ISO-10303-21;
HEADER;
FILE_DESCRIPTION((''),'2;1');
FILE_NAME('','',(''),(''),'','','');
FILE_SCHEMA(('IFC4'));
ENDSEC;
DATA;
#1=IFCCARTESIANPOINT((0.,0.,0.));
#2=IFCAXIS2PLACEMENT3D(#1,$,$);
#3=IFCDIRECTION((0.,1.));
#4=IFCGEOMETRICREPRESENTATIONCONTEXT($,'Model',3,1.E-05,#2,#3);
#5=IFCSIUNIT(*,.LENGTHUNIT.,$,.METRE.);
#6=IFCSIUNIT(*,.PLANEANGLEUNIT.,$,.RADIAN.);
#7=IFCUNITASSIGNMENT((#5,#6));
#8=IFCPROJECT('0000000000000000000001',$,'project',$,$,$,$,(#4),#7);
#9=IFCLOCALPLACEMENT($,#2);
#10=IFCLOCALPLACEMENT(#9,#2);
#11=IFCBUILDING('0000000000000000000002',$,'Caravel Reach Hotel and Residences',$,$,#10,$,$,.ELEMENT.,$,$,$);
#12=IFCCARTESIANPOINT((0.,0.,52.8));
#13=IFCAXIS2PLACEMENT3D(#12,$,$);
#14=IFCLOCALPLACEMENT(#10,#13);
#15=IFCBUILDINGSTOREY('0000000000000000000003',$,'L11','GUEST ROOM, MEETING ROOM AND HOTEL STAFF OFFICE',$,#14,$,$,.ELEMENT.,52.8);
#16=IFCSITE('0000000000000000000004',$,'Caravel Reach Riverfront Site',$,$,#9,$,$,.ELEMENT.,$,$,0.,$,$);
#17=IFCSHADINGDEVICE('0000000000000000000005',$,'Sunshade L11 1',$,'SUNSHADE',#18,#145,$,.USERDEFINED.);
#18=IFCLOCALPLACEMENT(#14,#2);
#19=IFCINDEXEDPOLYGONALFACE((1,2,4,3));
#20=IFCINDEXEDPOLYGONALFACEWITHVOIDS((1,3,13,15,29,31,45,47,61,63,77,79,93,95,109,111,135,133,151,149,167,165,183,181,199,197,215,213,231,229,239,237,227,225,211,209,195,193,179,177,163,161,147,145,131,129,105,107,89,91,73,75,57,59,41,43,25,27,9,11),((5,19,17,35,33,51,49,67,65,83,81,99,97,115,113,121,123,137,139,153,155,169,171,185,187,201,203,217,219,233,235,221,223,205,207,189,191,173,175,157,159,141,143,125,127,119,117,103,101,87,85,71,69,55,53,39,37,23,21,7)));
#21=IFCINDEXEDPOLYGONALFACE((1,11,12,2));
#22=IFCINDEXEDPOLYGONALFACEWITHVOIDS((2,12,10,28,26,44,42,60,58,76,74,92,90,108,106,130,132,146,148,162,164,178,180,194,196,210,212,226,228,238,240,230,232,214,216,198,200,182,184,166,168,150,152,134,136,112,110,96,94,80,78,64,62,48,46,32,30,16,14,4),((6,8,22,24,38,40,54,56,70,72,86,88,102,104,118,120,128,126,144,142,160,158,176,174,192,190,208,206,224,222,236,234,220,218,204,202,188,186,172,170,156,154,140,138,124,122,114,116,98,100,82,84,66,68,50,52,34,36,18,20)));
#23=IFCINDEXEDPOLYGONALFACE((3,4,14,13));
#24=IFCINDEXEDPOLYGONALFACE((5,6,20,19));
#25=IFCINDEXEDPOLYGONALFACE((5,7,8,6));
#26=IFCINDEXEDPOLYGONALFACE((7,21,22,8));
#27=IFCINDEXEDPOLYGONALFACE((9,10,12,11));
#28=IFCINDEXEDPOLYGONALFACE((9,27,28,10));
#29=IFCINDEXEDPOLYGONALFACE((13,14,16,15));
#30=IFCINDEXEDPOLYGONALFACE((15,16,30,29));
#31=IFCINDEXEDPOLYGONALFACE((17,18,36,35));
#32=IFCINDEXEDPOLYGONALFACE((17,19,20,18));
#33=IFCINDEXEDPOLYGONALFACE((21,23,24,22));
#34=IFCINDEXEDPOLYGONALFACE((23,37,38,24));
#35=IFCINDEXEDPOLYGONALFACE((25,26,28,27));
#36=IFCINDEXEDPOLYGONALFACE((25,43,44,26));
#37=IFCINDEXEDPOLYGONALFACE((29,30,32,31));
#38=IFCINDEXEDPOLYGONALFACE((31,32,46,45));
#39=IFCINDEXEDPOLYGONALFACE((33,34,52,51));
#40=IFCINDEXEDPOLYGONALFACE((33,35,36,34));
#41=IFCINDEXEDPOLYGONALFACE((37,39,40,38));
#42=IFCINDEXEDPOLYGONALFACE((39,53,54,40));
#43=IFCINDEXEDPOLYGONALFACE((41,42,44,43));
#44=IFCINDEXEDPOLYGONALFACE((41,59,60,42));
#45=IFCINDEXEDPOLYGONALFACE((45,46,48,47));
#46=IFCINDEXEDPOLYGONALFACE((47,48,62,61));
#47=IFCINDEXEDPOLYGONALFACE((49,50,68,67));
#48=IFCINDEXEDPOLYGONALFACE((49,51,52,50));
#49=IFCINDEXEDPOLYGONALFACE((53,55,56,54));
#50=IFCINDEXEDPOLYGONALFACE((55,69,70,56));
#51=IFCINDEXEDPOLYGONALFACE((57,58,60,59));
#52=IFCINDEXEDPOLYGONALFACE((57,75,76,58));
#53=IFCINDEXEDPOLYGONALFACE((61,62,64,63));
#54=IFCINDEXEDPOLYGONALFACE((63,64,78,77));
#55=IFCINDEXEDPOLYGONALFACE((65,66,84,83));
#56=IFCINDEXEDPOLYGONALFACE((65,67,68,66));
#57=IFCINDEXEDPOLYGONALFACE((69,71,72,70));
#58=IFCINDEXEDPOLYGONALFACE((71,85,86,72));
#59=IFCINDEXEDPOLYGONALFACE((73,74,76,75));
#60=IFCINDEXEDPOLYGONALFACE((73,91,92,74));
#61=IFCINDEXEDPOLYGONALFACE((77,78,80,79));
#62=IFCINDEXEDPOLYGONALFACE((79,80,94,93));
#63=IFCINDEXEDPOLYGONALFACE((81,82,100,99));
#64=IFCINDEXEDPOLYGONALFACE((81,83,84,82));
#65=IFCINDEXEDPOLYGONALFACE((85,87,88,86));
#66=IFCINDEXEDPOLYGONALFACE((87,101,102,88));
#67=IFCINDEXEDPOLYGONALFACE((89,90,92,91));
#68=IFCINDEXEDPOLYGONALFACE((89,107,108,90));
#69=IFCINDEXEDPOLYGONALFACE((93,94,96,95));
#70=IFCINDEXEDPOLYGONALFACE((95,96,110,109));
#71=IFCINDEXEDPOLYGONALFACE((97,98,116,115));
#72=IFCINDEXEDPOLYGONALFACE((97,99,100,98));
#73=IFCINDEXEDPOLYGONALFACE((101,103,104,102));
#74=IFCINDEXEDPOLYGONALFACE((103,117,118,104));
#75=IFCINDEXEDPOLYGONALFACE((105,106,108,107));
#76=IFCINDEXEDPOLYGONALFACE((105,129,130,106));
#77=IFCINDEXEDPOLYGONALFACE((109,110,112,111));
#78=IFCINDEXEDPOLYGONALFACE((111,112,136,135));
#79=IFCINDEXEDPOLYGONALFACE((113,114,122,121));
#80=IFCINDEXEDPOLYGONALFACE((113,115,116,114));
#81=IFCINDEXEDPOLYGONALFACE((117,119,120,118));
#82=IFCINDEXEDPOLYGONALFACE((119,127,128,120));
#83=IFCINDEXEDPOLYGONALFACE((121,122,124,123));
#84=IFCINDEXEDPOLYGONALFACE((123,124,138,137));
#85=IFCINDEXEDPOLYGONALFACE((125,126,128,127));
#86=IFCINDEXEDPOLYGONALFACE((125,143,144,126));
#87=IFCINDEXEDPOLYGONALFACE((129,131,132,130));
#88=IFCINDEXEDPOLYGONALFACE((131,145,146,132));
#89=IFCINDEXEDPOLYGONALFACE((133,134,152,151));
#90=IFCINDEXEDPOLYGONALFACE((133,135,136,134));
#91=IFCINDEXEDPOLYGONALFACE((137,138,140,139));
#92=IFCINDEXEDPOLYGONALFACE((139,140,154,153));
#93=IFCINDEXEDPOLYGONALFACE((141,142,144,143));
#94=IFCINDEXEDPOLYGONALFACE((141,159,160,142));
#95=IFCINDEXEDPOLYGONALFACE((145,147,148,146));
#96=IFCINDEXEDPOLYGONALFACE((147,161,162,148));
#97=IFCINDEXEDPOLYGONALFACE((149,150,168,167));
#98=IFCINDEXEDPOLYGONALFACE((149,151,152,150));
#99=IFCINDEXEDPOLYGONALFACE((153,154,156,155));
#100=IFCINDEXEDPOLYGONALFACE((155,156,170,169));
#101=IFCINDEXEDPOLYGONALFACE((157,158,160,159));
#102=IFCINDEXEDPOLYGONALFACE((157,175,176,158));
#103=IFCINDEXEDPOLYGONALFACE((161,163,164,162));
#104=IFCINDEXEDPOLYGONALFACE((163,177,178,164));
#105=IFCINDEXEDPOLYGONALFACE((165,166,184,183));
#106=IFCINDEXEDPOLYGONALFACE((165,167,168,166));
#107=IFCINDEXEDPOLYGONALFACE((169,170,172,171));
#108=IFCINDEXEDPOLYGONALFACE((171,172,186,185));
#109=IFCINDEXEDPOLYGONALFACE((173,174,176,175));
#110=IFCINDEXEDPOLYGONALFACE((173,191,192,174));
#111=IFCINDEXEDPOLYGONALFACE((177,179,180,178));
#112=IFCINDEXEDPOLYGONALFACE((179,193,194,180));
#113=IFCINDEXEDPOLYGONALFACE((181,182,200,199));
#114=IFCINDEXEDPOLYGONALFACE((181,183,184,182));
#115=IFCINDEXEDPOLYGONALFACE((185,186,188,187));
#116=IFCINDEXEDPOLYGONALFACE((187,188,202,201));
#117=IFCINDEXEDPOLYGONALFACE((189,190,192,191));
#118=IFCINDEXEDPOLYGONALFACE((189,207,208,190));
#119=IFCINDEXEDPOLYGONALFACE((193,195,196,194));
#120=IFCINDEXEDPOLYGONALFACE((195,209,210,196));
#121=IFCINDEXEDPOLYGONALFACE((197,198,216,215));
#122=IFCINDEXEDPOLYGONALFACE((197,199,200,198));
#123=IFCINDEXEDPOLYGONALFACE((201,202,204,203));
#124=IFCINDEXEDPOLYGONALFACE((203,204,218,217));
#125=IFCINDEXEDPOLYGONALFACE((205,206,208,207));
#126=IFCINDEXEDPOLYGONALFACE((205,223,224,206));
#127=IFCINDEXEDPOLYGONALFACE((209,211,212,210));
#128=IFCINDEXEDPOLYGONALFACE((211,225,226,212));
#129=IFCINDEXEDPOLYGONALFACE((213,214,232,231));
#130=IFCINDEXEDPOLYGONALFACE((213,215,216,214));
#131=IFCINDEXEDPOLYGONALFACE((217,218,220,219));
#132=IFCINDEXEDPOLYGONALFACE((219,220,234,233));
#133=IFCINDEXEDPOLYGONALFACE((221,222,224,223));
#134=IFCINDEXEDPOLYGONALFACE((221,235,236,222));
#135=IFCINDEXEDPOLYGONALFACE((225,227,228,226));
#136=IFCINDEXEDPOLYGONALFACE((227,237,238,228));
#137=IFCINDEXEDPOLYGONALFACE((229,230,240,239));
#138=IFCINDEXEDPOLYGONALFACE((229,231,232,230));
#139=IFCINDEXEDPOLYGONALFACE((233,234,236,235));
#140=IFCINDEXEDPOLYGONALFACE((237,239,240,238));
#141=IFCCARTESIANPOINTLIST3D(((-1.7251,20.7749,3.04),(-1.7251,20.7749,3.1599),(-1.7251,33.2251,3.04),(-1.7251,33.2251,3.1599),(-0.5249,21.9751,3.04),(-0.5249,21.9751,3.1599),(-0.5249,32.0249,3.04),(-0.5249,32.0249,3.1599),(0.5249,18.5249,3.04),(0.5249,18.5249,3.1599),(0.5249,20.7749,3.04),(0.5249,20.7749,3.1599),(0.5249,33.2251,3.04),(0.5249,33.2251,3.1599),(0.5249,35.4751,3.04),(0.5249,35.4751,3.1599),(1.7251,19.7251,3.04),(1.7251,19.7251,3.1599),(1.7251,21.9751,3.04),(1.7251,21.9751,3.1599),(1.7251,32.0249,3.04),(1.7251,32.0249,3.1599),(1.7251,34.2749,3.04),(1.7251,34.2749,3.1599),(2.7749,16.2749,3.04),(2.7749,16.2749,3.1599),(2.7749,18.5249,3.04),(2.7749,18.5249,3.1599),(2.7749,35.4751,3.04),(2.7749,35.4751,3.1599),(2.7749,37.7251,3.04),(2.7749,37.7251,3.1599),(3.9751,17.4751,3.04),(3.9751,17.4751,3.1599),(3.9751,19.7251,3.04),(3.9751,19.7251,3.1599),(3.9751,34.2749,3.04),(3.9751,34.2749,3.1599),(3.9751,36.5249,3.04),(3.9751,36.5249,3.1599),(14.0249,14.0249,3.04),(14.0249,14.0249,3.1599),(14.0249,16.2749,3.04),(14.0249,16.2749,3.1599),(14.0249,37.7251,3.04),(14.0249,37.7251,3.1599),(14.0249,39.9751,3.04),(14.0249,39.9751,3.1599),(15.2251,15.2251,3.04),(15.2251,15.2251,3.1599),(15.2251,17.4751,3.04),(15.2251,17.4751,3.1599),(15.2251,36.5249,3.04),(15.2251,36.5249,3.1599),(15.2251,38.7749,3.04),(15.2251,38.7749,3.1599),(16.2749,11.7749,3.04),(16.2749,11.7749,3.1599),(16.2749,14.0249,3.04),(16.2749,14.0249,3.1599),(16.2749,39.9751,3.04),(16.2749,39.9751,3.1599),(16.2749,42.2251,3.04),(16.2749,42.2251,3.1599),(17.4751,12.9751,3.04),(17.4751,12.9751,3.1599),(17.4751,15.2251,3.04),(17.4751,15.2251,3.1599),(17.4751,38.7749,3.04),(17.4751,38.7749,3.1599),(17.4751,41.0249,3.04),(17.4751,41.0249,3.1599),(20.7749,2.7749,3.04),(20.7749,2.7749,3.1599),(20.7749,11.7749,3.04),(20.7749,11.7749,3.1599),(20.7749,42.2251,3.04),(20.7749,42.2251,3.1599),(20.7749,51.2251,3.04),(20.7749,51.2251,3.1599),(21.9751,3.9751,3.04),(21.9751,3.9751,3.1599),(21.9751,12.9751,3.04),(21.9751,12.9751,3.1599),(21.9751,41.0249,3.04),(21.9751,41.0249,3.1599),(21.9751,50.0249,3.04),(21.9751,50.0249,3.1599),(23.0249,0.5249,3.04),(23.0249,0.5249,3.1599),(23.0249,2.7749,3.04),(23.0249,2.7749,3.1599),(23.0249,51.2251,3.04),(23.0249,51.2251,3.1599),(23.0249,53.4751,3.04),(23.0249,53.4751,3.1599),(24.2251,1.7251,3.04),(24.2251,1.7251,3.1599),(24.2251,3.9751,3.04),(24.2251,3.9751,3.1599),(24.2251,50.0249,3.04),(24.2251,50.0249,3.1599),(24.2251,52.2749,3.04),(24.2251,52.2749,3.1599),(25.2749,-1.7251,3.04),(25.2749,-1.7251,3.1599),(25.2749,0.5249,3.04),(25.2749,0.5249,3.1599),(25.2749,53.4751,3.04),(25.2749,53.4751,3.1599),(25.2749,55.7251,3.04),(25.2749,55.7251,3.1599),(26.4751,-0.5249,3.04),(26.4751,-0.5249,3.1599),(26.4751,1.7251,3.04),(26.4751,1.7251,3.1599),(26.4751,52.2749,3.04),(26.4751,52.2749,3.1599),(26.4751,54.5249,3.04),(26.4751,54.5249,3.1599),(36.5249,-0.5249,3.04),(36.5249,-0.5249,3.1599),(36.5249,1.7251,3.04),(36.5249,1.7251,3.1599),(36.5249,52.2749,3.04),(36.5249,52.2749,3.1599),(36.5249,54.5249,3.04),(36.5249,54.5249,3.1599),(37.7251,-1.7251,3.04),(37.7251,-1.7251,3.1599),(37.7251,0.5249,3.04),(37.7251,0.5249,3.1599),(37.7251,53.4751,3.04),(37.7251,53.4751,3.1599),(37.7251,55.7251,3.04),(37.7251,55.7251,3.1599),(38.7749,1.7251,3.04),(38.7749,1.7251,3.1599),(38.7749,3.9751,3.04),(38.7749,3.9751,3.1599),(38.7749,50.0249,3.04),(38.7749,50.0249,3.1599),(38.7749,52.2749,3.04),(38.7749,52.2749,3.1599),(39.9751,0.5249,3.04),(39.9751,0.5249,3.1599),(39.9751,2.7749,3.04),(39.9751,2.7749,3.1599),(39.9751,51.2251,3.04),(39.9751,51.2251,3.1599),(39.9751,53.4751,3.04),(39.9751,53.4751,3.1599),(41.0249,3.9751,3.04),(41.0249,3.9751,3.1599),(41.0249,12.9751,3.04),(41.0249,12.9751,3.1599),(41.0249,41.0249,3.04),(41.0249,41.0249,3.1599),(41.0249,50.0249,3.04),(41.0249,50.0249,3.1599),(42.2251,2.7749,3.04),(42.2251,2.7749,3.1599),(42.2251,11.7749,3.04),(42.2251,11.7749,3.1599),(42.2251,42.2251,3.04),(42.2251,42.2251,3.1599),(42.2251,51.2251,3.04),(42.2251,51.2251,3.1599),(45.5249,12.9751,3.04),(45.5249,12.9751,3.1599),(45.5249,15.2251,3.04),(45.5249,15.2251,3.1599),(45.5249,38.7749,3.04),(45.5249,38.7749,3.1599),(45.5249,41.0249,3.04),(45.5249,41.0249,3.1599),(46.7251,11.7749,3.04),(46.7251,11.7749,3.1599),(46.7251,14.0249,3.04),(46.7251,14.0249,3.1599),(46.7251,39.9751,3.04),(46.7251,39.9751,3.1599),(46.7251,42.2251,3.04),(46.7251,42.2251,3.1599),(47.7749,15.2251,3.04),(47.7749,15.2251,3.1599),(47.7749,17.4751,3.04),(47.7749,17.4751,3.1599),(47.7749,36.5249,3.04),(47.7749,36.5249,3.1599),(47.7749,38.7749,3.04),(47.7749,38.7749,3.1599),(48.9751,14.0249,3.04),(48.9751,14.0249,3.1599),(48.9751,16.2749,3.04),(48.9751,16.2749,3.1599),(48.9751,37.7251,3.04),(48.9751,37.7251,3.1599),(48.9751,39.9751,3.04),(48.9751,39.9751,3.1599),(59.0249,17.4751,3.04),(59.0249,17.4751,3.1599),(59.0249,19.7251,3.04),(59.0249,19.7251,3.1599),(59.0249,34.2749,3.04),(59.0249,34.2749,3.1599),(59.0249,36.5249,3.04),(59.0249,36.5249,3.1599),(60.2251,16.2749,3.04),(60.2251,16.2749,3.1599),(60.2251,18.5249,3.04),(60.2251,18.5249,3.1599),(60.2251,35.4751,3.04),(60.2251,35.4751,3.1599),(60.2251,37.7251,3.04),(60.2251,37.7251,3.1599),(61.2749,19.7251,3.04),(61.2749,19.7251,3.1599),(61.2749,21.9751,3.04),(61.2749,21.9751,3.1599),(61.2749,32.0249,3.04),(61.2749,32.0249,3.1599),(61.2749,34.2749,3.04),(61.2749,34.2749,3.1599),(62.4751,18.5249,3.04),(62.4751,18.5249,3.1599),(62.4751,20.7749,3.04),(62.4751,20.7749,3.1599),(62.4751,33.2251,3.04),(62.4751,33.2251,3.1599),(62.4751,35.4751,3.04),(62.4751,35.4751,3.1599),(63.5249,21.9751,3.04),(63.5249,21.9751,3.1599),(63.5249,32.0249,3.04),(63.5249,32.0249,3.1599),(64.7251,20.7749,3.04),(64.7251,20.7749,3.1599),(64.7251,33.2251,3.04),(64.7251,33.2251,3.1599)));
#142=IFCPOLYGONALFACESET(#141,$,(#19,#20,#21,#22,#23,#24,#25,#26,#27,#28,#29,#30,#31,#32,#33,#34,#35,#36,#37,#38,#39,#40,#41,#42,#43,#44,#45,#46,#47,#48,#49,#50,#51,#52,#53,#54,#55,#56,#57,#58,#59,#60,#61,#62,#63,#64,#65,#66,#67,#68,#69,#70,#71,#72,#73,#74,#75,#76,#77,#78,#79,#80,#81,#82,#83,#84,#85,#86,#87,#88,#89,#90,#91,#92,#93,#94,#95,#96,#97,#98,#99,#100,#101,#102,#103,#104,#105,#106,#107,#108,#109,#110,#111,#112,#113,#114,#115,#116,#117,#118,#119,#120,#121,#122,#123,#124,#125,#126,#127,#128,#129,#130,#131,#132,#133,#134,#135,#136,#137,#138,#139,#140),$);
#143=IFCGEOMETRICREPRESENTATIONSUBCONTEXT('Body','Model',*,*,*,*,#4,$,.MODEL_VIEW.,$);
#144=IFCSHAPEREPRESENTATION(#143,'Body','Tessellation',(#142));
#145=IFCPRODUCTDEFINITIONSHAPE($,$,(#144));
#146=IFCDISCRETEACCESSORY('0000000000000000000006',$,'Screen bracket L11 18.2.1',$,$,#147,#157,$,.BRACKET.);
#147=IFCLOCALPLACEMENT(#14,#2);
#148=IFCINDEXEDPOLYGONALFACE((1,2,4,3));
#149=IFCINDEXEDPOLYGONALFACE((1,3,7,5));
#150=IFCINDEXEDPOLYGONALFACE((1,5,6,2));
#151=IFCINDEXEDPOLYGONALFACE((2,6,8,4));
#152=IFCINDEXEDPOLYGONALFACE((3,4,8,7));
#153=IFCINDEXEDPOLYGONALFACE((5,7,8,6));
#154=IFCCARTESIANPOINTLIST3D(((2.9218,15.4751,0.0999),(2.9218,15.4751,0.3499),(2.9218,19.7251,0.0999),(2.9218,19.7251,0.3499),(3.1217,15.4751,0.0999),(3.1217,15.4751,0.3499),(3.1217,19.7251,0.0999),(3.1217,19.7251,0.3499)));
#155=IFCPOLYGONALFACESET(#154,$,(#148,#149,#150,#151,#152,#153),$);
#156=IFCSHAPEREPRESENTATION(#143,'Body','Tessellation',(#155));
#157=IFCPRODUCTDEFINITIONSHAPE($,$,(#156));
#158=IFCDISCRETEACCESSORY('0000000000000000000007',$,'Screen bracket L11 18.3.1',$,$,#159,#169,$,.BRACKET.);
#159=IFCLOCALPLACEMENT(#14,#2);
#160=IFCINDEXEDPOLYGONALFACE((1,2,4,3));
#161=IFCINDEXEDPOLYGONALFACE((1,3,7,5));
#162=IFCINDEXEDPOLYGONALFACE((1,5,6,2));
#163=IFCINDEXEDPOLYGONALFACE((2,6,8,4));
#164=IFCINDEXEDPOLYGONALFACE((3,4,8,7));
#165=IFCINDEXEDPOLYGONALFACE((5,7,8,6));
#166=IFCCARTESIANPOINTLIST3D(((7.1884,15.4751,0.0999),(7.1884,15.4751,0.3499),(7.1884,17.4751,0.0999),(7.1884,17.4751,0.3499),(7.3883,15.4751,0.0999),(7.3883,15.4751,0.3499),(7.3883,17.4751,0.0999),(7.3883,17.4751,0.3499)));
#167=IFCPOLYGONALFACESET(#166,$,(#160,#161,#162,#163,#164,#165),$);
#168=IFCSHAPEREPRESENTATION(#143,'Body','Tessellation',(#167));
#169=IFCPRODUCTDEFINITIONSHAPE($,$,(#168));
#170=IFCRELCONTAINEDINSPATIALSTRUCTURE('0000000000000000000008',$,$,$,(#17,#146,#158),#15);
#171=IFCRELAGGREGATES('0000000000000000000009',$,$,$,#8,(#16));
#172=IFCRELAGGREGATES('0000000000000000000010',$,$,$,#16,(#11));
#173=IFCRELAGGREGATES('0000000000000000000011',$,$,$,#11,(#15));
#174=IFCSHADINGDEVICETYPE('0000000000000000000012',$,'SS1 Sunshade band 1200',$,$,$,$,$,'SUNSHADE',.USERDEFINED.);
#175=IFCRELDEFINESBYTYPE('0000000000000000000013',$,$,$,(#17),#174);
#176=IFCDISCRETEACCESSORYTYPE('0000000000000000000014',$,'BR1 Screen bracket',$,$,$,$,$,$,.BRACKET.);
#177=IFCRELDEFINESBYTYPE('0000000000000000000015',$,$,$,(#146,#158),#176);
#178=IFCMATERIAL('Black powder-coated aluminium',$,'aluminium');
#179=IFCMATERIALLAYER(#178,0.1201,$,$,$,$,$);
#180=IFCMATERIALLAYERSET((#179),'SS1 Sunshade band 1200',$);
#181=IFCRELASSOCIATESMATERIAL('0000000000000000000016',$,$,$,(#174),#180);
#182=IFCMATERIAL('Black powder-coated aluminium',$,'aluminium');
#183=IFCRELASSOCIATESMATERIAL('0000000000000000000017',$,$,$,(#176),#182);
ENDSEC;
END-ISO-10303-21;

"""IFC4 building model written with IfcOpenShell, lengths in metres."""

from ifc_helpers import new_model, si_unit, direction, frame, origin, origin_2d, place, context, subcontext, project, spatial, polyline, rectangle, outline, extrude, material, layer, layer_set, type_object, element, save


model = new_model("IFC4")

# Units and contexts
model_context = context("Model", 3, precision=1e-05, world=origin(), true_north=direction((0.0, 1.0)))
body_context = subcontext(model_context, "Body", "Model", "MODEL_VIEW")
ifc_project = project(units=[si_unit("LENGTHUNIT", "METRE"), si_unit("PLANEANGLEUNIT", "RADIAN")], contexts=[model_context])

# Site, building, storey
site_placement = place(None, origin())
site = spatial("IfcSite", under=ifc_project, at=site_placement, Name="Caravel Reach Riverfront Site", CompositionType="ELEMENT", RefElevation=0.0)
building_placement = place(site_placement, origin())
building = spatial("IfcBuilding", under=site, at=building_placement, Name="Caravel Reach Hotel and Residences", CompositionType="ELEMENT")
storey_placement = place(building_placement, frame((0.0, 0.0, 52.8)))
storey = spatial("IfcBuildingStorey", under=building, at=storey_placement, Name="L11", Description="GUEST ROOM, MEETING ROOM AND HOTEL STAFF OFFICE", CompositionType="ELEMENT", Elevation=52.8)

# Shading device
ifc_material_1 = material(Name="Black powder-coated aluminium", Category="aluminium")
ifc_layer_1 = layer(ifc_material_1, 0.1201)
ifc_layer_set_1 = layer_set([ifc_layer_1], Name="SS1 Sunshade band 1200")
shading_device_type_1 = type_object("IfcShadingDeviceType", Name="SS1 Sunshade band 1200", ElementType="SUNSHADE", PredefinedType="USERDEFINED", material=ifc_layer_set_1)
shading_device_1_placement = place(storey_placement, frame((0.0, 0.0, 3.04)))
element("IfcShadingDevice", 1, at=shading_device_1_placement, inside=storey, type_object=shading_device_type_1, Name="Sunshade L11 1", ObjectType="SUNSHADE", PredefinedType="USERDEFINED", context=body_context, shape_type="SweptSolid", body=[
    extrude(outline(polyline([(20.7749, 11.7749), (20.7749, 2.7749), (23.0249, 2.7749), (23.0249, 0.5249), (25.2749, 0.5249), (25.2749, -1.7251), (37.7251, -1.7251), (37.7251, 0.5249), (39.9751, 0.5249), (39.9751, 2.7749), (42.2251, 2.7749), (42.2251, 11.7749), (46.7251, 11.7749), (46.7251, 14.0249), (48.9751, 14.0249), (48.9751, 16.2749), (60.2251, 16.2749), (60.2251, 18.5249), (62.4751, 18.5249), (62.4751, 20.7749), (64.7251, 20.7749), (64.7251, 33.2251), (62.4751, 33.2251), (62.4751, 35.4751), (60.2251, 35.4751), (60.2251, 37.7251), (48.9751, 37.7251), (48.9751, 39.9751), (46.7251, 39.9751), (46.7251, 42.2251), (42.2251, 42.2251), (42.2251, 51.2251), (39.9751, 51.2251), (39.9751, 53.4751), (37.7251, 53.4751), (37.7251, 55.7251), (25.2749, 55.7251), (25.2749, 53.4751), (23.0249, 53.4751), (23.0249, 51.2251), (20.7749, 51.2251), (20.7749, 42.2251), (16.2749, 42.2251), (16.2749, 39.9751), (14.0249, 39.9751), (14.0249, 37.7251), (2.7749, 37.7251), (2.7749, 35.4751), (0.5249, 35.4751), (0.5249, 33.2251), (-1.7251, 33.2251), (-1.7251, 20.7749), (0.5249, 20.7749), (0.5249, 18.5249), (2.7749, 18.5249), (2.7749, 16.2749), (14.0249, 16.2749), (14.0249, 14.0249), (16.2749, 14.0249), (16.2749, 11.7749), (20.7749, 11.7749)]), holes=[polyline([(24.2251, 3.9751), (21.9751, 3.9751), (21.9751, 12.9751), (17.4751, 12.9751), (17.4751, 15.2251), (15.2251, 15.2251), (15.2251, 17.4751), (3.9751, 17.4751), (3.9751, 19.7251), (1.7251, 19.7251), (1.7251, 21.9751), (-0.5249, 21.9751), (-0.5249, 32.0249), (1.7251, 32.0249), (1.7251, 34.2749), (3.9751, 34.2749), (3.9751, 36.5249), (15.2251, 36.5249), (15.2251, 38.7749), (17.4751, 38.7749), (17.4751, 41.0249), (21.9751, 41.0249), (21.9751, 50.0249), (24.2251, 50.0249), (24.2251, 52.2749), (26.4751, 52.2749), (26.4751, 54.5249), (36.5249, 54.5249), (36.5249, 52.2749), (38.7749, 52.2749), (38.7749, 50.0249), (41.0249, 50.0249), (41.0249, 41.0249), (45.5249, 41.0249), (45.5249, 38.7749), (47.7749, 38.7749), (47.7749, 36.5249), (59.0249, 36.5249), (59.0249, 34.2749), (61.2749, 34.2749), (61.2749, 32.0249), (63.5249, 32.0249), (63.5249, 21.9751), (61.2749, 21.9751), (61.2749, 19.7251), (59.0249, 19.7251), (59.0249, 17.4751), (47.7749, 17.4751), (47.7749, 15.2251), (45.5249, 15.2251), (45.5249, 12.9751), (41.0249, 12.9751), (41.0249, 3.9751), (38.7749, 3.9751), (38.7749, 1.7251), (36.5249, 1.7251), (36.5249, -0.5249), (26.4751, -0.5249), (26.4751, 1.7251), (24.2251, 1.7251), (24.2251, 3.9751)])]), origin(), (0.0, 0.0, 1.0), 0.1199),
])

# Discrete accessories
ifc_material_2 = material(Name="Black powder-coated aluminium", Category="aluminium")
discrete_accessory_type = type_object("IfcDiscreteAccessoryType", Name="BR1 Screen bracket", PredefinedType="BRACKET", material=ifc_material_2)
discrete_accessory_1_placement = place(storey_placement, frame((3.0217, 17.6001, 0.0999), z_axis=(0.0, 0.0, 1.0), x_axis=(0.0, -1.0, 0.0)))
element("IfcDiscreteAccessory", 2, at=discrete_accessory_1_placement, inside=storey, type_object=discrete_accessory_type, Name="Screen bracket L11 18.2.1", PredefinedType="BRACKET", context=body_context, shape_type="SweptSolid", body=[
    extrude(rectangle(XDim=4.25, YDim=0.2, at=origin_2d()), origin(), (0.0, 0.0, 1.0), 0.25),
])
discrete_accessory_2_placement = place(storey_placement, frame((7.2883, 16.4751, 0.0999), z_axis=(0.0, 0.0, 1.0), x_axis=(0.0, -1.0, 0.0)))
element("IfcDiscreteAccessory", 3, at=discrete_accessory_2_placement, inside=storey, type_object=discrete_accessory_type, Name="Screen bracket L11 18.3.1", PredefinedType="BRACKET", context=body_context, shape_type="SweptSolid", body=[
    extrude(rectangle(XDim=2.0, YDim=0.2, at=origin_2d()), origin(), (0.0, 0.0, 1.0), 0.25),
])

save(model, "model.ifc")
